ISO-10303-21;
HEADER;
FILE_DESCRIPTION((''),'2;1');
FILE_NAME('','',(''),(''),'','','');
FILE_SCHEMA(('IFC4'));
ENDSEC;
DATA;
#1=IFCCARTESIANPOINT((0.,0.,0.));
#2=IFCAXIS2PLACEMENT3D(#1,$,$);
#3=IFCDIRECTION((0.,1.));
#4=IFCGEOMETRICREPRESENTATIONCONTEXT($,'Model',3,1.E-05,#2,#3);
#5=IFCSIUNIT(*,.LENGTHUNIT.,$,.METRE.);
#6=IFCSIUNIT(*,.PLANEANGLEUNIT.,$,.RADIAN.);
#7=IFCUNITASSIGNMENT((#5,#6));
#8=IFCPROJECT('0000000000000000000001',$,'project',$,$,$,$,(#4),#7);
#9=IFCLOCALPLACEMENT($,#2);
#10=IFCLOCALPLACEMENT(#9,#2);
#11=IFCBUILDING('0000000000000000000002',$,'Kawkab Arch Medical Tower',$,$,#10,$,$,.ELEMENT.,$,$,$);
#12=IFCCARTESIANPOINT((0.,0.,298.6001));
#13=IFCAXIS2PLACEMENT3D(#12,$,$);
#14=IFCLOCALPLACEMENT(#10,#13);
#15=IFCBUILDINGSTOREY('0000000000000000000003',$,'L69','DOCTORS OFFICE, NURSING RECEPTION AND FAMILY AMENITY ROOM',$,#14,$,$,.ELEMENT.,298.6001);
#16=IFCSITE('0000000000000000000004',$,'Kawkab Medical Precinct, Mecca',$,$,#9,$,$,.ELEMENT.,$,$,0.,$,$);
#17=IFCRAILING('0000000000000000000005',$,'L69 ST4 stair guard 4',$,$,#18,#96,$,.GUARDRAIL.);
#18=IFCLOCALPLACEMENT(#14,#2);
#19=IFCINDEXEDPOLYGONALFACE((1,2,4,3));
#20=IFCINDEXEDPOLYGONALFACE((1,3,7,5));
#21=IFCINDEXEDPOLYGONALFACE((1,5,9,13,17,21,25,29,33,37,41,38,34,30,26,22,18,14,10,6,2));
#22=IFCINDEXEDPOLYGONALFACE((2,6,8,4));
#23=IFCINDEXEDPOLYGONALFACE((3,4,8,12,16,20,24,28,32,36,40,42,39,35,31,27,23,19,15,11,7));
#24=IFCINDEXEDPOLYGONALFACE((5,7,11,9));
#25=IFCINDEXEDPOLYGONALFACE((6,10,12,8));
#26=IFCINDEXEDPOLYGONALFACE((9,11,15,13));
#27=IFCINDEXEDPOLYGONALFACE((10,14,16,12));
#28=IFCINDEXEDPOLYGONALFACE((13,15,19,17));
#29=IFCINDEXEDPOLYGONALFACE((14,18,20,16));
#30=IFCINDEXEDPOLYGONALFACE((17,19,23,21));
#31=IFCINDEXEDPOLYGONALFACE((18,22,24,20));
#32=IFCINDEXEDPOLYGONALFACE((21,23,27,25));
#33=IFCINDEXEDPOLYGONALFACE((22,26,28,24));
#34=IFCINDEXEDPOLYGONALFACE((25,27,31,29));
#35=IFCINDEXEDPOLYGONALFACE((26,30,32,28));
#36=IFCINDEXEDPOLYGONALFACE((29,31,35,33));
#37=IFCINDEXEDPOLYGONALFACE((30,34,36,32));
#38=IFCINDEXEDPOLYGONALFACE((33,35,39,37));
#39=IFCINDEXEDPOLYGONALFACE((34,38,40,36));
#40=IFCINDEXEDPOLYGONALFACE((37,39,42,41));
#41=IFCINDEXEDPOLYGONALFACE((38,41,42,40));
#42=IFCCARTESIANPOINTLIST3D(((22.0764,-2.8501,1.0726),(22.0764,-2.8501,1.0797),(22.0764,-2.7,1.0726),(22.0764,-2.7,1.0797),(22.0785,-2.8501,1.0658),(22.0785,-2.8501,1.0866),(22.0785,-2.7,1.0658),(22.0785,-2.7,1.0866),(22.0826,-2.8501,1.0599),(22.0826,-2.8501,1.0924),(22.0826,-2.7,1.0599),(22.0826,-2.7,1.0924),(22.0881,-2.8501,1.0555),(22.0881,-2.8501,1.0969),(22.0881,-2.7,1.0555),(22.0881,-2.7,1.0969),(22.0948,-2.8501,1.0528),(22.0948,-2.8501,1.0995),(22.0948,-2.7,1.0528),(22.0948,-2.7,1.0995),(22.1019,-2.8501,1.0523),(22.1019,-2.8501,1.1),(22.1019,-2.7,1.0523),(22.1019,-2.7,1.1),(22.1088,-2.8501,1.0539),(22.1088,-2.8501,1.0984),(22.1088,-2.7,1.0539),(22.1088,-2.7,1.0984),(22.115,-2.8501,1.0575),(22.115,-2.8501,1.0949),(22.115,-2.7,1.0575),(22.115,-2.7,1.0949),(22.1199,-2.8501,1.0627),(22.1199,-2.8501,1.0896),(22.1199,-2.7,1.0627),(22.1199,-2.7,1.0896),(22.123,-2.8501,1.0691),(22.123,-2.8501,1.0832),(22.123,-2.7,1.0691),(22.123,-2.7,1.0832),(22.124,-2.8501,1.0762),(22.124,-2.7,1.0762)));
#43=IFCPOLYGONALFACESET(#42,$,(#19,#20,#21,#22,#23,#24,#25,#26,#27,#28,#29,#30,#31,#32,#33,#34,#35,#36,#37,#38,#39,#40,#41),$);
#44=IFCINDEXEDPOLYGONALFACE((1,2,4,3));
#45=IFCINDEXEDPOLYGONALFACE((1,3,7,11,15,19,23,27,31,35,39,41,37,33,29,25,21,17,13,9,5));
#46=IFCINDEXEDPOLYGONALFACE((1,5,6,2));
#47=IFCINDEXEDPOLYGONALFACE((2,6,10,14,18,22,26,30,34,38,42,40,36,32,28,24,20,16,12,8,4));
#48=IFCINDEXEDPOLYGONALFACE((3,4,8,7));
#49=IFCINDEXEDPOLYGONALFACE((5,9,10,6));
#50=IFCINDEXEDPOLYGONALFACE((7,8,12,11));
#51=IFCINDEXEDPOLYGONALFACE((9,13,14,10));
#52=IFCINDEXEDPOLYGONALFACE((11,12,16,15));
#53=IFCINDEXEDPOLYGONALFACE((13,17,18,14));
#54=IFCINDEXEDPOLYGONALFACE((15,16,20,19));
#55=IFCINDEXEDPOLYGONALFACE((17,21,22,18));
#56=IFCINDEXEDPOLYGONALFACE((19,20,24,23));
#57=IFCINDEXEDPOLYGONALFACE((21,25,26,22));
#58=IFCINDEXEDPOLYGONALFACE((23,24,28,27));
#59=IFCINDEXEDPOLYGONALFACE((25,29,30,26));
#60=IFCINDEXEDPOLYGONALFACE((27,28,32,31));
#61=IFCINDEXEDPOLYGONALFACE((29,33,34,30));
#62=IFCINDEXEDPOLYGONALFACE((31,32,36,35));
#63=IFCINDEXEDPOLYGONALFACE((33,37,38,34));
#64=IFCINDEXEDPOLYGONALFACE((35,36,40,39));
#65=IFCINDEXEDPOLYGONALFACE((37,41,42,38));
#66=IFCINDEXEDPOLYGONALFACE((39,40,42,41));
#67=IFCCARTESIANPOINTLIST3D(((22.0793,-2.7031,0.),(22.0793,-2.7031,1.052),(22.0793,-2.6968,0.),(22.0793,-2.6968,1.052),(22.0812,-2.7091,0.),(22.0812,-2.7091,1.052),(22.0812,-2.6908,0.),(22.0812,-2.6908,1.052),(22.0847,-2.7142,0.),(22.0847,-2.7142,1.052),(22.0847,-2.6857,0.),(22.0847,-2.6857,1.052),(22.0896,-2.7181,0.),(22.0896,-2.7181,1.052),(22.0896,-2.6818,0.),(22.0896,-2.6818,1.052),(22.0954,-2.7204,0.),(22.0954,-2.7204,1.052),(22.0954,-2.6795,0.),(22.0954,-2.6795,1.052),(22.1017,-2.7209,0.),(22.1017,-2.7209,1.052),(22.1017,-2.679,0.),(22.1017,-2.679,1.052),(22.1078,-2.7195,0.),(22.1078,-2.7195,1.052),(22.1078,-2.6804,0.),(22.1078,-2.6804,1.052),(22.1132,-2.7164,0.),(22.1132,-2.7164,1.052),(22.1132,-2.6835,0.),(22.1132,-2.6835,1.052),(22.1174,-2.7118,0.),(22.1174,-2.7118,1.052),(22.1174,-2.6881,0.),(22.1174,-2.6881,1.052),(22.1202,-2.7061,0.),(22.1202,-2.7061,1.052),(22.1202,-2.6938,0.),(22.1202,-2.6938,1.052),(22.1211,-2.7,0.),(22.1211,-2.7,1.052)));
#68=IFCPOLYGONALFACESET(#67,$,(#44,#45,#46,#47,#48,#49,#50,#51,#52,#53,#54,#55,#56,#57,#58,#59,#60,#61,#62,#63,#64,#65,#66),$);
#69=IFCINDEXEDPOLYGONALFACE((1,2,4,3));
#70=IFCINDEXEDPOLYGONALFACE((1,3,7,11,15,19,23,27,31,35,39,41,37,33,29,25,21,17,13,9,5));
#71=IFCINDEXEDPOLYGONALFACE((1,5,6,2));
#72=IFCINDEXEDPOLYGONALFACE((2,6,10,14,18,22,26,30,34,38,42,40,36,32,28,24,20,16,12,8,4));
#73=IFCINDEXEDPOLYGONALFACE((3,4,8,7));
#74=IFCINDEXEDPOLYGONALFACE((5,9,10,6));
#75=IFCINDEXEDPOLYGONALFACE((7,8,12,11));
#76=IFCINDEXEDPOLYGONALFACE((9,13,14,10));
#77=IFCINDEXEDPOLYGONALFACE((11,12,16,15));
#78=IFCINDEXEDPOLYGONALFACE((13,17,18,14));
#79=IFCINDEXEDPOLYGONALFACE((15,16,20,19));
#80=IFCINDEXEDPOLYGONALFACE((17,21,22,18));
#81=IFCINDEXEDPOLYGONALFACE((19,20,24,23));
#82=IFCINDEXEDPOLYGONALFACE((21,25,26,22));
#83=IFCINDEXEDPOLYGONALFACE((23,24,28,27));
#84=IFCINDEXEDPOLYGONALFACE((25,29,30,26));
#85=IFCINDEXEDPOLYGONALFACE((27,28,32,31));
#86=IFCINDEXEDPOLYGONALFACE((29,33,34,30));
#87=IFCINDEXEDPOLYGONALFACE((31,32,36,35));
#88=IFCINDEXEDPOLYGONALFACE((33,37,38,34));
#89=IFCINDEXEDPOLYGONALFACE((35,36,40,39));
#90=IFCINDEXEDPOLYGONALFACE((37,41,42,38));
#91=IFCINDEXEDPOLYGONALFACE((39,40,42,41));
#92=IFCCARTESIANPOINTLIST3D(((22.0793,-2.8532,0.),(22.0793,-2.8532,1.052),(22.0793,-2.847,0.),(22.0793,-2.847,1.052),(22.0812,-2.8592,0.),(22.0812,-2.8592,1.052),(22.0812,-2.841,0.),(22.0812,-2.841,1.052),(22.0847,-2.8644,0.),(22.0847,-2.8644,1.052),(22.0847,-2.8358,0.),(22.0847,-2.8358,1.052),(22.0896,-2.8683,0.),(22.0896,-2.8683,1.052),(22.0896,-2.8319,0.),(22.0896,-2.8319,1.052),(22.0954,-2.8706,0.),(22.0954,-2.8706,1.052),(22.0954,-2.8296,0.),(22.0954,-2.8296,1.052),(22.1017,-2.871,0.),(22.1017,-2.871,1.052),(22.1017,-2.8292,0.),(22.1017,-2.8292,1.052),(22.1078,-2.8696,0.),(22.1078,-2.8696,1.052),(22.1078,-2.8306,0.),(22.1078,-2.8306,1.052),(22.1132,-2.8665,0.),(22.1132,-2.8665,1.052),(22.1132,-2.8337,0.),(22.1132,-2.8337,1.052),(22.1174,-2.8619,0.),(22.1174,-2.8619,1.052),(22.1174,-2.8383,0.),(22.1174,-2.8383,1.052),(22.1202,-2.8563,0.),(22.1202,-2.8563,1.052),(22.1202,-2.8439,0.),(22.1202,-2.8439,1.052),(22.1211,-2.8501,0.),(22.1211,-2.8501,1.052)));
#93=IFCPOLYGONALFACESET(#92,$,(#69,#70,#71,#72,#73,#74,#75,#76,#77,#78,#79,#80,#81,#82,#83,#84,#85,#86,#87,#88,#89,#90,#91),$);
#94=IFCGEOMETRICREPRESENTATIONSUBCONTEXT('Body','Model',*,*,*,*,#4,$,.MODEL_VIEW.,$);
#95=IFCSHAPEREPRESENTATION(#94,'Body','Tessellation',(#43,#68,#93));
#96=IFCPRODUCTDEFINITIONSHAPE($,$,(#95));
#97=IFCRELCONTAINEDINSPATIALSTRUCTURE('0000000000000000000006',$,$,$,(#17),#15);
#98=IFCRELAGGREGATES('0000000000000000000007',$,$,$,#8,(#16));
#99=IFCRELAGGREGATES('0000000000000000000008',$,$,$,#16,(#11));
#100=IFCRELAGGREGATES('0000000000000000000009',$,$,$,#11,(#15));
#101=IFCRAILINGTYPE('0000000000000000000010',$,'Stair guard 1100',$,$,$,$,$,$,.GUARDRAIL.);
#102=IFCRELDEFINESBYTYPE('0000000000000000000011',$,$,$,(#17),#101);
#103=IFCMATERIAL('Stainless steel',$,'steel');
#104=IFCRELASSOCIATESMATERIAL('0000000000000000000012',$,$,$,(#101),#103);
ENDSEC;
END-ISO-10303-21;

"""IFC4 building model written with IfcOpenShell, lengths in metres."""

from ifc_helpers import new_model, si_unit, direction, frame, origin, origin_2d, place, context, subcontext, project, spatial, circle, extrude, material, type_object, element, save


model = new_model("IFC4")

# Units and contexts
model_context = context("Model", 3, precision=1e-05, world=origin(), true_north=direction((0.0, 1.0)))
body_context = subcontext(model_context, "Body", "Model", "MODEL_VIEW")
ifc_project = project(units=[si_unit("LENGTHUNIT", "METRE"), si_unit("PLANEANGLEUNIT", "RADIAN")], contexts=[model_context])

# Site, building, storey
site_placement = place(None, origin())
site = spatial("IfcSite", under=ifc_project, at=site_placement, Name="Kawkab Medical Precinct, Mecca", CompositionType="ELEMENT", RefElevation=0.0)
building_placement = place(site_placement, origin())
building = spatial("IfcBuilding", under=site, at=building_placement, Name="Kawkab Arch Medical Tower", CompositionType="ELEMENT")
storey_placement = place(building_placement, frame((0.0, 0.0, 298.6001)))
storey = spatial("IfcBuildingStorey", under=building, at=storey_placement, Name="L69", Description="DOCTORS OFFICE, NURSING RECEPTION AND FAMILY AMENITY ROOM", CompositionType="ELEMENT", Elevation=298.6001)

# Railing
ifc_material_1 = material(Name="Stainless steel", Category="steel")
railing_type_1 = type_object("IfcRailingType", Name="Stair guard 1100", PredefinedType="GUARDRAIL", material=ifc_material_1)
railing_1_placement = place(storey_placement, frame((22.1001, -2.7, 0.0)))
element("IfcRailing", 1, at=railing_1_placement, inside=storey, type_object=railing_type_1, Name="L69 ST4 stair guard 4", PredefinedType="GUARDRAIL", context=body_context, shape_type="SweptSolid", body=[
    extrude(circle(Radius=0.0239, at=origin_2d()), frame((0.0, 0.0, 1.0762), z_axis=(0.0, -1.0, 0.0), x_axis=(1.0, 0.0, 0.0)), (0.0, 0.0, 1.0), 0.1501),
    extrude(circle(Radius=0.021, at=origin_2d()), origin(), (0.0, 0.0, 1.0), 1.052),
    extrude(circle(Radius=0.021, at=origin_2d()), frame((0.0, -0.1501, 0.0)), (0.0, 0.0, 1.0), 1.052),
])

save(model, "model.ifc")
